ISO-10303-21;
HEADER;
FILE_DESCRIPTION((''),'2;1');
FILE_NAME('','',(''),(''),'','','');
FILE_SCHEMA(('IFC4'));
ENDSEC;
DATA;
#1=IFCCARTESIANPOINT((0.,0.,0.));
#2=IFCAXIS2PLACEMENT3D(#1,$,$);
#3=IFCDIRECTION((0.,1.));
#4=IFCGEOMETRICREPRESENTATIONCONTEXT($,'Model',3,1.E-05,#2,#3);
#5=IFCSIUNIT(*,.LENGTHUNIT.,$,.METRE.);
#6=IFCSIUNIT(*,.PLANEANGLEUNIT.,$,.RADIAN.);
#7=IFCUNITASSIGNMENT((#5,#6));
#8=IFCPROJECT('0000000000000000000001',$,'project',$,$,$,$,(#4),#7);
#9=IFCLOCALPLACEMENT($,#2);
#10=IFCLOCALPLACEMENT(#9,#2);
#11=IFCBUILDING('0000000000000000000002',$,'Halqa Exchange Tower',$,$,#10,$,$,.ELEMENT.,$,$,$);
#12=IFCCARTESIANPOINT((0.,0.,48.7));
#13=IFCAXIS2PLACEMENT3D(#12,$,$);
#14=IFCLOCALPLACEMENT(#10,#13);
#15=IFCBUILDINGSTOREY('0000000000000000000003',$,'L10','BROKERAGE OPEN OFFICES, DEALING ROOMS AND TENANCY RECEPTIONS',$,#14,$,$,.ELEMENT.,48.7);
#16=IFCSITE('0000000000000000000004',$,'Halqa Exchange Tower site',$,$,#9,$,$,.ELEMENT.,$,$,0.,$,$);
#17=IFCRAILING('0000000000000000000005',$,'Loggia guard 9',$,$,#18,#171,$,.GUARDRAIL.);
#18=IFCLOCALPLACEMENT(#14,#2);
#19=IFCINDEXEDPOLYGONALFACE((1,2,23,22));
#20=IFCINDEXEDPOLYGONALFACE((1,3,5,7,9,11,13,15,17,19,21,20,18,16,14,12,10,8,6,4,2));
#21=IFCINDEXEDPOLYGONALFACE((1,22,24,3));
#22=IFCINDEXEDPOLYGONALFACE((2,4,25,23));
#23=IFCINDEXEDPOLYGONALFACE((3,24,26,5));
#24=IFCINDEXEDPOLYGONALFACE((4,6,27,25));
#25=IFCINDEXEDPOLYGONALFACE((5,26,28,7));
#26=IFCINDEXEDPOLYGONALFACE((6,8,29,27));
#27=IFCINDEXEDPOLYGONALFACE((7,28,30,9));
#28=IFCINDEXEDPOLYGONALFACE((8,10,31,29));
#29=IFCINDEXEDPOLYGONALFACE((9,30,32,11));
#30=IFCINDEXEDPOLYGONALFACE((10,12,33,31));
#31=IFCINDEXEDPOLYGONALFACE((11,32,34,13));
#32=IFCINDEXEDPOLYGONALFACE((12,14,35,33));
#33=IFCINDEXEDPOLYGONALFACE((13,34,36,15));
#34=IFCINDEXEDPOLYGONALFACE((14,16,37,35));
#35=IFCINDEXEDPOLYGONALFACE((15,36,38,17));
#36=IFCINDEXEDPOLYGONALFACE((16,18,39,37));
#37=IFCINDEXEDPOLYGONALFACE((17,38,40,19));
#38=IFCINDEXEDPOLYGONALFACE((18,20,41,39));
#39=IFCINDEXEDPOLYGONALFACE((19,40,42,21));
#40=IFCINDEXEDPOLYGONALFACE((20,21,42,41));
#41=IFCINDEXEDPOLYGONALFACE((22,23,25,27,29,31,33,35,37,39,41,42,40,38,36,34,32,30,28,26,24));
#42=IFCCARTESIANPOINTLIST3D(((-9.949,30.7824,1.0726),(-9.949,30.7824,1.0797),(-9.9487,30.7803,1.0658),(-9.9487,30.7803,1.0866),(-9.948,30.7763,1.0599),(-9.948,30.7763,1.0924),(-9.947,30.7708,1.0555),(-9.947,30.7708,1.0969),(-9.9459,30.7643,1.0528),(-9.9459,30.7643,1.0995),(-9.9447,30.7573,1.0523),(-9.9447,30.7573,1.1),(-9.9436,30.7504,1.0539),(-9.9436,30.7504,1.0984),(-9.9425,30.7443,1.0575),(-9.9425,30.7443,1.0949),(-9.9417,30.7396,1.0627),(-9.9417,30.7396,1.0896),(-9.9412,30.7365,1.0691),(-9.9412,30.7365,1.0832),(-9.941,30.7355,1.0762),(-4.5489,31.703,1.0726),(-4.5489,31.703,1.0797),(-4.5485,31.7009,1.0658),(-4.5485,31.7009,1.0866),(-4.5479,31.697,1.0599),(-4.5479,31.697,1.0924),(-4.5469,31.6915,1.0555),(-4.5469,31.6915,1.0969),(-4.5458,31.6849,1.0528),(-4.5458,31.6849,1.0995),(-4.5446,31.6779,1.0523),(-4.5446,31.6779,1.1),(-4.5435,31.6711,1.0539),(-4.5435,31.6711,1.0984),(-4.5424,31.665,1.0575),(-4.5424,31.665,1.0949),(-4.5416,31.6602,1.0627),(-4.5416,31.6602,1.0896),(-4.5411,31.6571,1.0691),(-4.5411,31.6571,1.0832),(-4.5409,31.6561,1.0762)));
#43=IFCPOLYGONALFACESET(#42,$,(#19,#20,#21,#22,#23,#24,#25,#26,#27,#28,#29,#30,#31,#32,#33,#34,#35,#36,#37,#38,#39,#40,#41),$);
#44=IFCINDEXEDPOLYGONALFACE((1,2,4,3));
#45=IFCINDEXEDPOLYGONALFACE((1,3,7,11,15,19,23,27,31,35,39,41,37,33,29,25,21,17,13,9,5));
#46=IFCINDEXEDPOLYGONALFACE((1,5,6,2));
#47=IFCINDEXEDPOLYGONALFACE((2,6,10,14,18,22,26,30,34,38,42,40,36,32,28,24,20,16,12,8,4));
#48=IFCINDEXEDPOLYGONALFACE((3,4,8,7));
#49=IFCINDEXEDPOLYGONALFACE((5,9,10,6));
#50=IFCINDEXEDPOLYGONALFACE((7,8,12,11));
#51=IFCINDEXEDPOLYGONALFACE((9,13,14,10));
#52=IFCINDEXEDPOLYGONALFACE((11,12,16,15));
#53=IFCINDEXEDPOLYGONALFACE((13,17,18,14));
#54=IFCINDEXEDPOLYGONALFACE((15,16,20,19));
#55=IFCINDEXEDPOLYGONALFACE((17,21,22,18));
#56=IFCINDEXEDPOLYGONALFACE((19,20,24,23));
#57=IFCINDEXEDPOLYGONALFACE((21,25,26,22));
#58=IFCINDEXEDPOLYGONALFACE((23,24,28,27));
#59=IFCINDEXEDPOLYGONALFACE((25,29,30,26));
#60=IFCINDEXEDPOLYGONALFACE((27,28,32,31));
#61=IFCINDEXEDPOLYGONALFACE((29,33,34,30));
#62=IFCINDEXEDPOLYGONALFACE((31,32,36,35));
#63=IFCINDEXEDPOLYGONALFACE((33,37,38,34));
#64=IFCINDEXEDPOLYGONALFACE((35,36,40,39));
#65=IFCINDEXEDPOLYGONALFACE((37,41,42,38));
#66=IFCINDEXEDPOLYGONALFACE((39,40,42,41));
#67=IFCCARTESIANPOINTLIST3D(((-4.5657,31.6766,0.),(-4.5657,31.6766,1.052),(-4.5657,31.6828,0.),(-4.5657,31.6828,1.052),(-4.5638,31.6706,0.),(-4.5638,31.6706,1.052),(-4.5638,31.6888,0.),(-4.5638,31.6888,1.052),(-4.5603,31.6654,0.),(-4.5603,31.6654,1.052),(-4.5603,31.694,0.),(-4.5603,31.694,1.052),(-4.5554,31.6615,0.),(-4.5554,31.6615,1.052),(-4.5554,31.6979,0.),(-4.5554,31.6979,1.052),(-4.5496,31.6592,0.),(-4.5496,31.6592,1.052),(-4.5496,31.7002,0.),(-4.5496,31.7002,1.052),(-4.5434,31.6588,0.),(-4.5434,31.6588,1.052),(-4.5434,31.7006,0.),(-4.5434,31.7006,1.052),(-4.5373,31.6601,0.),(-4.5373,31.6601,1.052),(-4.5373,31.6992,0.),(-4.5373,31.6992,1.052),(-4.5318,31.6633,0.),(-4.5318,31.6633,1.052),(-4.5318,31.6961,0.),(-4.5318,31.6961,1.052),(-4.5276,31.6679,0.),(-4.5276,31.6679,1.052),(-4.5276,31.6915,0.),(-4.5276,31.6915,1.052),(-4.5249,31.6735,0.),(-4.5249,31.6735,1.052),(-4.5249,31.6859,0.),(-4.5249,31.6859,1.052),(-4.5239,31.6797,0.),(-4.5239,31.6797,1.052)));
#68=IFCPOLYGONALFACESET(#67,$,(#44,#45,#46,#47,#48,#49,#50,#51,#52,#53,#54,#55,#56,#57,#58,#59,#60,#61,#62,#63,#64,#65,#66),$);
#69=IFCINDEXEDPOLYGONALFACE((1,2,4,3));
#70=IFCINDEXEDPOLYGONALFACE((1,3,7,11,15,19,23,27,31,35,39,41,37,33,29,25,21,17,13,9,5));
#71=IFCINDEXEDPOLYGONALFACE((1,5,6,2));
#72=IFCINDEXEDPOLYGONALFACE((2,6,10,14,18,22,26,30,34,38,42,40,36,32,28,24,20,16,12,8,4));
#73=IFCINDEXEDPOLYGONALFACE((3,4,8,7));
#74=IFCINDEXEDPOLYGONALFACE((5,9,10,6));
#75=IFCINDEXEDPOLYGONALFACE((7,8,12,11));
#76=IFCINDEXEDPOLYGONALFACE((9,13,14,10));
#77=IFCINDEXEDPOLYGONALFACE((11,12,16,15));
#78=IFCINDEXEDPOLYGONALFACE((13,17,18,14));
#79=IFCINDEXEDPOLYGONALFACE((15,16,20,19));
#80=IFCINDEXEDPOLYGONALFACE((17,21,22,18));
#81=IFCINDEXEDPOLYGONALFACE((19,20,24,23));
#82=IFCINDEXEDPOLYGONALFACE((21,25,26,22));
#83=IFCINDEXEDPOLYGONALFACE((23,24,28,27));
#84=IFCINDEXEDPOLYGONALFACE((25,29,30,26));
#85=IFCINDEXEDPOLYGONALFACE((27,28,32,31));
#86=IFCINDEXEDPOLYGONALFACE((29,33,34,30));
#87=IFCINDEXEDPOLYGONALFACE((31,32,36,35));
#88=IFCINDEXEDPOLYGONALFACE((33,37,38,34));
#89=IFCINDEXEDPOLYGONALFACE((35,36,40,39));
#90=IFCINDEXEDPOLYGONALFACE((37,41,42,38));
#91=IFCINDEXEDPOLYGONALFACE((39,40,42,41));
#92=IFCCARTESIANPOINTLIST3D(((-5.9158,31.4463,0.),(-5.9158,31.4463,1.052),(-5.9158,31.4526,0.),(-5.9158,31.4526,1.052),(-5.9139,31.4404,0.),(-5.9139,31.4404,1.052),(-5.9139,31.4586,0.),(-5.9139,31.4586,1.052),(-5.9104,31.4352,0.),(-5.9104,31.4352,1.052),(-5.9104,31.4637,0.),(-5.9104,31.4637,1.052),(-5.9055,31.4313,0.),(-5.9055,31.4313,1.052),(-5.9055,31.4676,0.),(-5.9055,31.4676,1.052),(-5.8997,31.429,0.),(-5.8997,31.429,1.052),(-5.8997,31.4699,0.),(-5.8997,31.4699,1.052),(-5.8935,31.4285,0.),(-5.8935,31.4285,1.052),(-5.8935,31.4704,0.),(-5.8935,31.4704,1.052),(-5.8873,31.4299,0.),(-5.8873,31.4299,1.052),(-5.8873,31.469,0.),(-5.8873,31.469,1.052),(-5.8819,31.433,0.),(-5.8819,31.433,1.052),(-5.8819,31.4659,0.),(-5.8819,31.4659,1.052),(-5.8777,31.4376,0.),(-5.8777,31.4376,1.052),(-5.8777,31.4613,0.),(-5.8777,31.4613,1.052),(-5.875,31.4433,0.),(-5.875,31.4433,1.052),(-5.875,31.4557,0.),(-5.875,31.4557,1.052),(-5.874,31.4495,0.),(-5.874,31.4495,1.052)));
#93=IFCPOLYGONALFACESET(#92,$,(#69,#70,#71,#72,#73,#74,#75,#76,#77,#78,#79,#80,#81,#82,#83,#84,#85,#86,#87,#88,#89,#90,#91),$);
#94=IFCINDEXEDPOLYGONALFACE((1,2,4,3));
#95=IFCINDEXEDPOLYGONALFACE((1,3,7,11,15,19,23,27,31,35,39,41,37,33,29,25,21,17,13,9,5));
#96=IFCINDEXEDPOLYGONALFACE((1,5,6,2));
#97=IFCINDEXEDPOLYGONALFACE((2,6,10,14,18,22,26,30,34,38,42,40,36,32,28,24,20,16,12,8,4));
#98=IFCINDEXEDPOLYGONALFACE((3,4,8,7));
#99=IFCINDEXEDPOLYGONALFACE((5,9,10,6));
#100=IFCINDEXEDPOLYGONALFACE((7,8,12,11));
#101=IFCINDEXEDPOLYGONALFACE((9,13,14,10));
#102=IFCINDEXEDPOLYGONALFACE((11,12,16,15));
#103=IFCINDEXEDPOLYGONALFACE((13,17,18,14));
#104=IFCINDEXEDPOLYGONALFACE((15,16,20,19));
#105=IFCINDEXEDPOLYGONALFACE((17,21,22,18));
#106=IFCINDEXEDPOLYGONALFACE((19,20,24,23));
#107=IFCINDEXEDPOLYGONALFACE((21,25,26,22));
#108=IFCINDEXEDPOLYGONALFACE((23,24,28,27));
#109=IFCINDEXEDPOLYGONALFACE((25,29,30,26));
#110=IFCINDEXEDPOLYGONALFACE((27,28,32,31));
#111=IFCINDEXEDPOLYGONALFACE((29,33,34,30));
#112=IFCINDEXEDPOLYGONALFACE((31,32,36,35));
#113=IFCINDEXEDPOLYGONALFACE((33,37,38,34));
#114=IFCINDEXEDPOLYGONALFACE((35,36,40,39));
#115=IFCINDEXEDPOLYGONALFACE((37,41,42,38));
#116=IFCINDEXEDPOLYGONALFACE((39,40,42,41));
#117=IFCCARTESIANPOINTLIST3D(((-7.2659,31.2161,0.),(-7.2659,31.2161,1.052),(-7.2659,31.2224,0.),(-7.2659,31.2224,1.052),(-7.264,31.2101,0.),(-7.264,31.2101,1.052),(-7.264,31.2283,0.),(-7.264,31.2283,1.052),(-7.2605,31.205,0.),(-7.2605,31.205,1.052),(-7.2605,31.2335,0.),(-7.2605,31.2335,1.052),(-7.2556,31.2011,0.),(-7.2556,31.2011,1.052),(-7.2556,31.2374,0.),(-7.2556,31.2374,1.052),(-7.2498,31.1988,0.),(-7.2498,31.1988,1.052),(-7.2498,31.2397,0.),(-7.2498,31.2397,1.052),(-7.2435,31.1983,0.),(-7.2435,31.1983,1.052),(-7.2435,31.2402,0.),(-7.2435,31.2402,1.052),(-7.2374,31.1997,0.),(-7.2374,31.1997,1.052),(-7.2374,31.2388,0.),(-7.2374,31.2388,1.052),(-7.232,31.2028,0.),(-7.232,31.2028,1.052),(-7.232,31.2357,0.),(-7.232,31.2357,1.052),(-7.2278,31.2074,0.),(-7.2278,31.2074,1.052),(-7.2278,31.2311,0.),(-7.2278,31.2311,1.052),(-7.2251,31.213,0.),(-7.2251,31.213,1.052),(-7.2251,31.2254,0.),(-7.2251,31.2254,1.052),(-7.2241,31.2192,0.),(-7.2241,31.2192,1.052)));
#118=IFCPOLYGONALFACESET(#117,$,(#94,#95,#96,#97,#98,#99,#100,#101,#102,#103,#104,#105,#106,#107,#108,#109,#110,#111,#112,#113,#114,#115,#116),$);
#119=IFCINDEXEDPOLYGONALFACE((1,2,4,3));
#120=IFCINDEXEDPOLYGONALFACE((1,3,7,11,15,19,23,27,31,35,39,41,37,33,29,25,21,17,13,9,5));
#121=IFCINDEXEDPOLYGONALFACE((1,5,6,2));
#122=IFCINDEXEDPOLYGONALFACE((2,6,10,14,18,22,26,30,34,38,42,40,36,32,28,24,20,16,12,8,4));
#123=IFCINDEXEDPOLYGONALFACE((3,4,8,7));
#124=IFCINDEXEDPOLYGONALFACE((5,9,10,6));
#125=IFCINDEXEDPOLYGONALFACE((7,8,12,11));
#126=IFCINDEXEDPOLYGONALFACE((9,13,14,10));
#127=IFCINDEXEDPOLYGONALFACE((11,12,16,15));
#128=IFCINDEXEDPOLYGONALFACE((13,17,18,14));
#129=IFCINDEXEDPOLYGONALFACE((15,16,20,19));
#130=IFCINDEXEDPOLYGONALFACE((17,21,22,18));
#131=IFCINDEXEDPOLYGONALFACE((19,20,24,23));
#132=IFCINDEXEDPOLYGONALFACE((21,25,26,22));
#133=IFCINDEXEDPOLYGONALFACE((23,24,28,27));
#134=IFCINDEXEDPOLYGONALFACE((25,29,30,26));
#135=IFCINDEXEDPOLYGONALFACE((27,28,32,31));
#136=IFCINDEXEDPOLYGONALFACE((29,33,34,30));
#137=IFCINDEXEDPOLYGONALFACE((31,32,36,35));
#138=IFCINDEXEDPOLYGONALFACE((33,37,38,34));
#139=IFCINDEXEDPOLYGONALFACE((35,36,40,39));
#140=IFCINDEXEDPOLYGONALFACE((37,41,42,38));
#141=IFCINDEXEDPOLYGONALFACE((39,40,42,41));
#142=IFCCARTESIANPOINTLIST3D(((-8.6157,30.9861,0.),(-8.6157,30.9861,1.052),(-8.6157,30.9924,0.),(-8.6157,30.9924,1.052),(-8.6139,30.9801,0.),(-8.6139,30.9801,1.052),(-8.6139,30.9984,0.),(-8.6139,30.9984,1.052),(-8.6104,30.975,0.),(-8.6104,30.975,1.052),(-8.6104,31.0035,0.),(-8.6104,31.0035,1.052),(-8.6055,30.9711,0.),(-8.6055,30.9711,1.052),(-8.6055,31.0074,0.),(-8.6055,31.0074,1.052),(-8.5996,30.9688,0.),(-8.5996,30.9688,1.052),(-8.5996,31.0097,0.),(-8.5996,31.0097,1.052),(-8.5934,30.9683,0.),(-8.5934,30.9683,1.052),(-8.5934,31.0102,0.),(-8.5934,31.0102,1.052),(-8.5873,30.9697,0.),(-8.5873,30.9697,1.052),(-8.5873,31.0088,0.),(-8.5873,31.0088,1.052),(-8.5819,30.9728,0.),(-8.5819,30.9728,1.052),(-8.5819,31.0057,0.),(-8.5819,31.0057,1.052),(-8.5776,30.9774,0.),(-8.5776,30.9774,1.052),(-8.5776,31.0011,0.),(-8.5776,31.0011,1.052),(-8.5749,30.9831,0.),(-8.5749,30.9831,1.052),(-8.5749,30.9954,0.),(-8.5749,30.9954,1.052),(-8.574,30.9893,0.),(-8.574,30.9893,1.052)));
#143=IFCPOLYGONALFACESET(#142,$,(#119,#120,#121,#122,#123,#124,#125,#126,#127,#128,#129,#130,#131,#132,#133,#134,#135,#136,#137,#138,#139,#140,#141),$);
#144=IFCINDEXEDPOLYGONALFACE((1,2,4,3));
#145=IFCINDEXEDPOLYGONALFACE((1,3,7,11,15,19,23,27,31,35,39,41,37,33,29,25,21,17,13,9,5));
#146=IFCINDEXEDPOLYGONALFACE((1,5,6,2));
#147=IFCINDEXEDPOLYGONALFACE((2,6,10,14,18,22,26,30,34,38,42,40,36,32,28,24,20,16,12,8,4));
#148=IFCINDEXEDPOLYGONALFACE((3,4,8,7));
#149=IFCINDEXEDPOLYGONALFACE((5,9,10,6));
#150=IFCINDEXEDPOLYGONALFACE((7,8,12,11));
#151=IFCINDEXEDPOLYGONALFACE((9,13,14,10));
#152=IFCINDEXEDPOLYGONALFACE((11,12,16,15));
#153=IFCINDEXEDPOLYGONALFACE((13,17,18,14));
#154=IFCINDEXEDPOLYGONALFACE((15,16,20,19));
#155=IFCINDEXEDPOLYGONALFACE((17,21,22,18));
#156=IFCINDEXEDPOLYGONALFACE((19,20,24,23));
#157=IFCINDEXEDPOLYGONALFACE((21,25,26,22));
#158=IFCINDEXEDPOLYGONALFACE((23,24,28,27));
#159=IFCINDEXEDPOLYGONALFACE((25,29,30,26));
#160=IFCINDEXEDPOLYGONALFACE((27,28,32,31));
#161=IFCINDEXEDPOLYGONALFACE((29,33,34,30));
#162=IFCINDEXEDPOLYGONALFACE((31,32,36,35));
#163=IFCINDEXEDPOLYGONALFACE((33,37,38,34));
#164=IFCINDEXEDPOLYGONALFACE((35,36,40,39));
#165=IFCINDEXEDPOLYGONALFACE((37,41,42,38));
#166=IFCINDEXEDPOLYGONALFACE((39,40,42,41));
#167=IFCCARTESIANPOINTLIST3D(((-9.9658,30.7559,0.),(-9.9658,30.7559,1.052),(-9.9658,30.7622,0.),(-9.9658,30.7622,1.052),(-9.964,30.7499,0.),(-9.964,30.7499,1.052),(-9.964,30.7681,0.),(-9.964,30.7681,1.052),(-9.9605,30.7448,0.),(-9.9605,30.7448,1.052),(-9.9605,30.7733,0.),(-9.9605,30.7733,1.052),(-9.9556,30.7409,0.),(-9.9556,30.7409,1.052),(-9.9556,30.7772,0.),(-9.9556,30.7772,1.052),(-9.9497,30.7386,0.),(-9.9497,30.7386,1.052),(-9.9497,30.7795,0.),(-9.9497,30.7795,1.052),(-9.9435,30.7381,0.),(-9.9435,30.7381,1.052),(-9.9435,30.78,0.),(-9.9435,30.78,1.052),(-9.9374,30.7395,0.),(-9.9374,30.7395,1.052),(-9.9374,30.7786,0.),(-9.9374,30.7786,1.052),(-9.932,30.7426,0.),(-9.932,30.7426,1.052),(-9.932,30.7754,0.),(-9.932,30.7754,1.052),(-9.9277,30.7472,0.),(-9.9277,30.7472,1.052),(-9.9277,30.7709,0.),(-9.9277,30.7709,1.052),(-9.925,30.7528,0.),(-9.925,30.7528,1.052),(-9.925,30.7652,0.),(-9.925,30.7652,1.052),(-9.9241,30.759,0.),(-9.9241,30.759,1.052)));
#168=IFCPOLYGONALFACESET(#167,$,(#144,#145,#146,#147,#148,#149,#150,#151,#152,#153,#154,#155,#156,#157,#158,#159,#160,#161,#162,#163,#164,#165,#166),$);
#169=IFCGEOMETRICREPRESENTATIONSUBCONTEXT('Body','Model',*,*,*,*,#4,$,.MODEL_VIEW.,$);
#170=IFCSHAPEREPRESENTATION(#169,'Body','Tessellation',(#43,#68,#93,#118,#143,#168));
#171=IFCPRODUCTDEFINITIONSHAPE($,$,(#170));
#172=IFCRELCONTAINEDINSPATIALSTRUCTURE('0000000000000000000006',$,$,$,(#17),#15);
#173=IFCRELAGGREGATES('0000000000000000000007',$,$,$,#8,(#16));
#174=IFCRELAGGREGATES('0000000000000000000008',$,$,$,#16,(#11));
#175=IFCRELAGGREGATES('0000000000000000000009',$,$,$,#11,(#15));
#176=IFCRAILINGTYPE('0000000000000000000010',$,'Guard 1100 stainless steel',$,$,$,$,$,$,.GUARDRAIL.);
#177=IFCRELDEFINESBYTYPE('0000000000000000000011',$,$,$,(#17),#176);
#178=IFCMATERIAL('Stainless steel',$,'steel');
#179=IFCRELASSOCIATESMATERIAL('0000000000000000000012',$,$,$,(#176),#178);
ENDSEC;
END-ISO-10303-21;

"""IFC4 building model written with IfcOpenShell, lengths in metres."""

from ifc_helpers import new_model, si_unit, direction, frame, origin, origin_2d, place, context, subcontext, project, spatial, circle, extrude, material, type_object, element, save


model = new_model("IFC4")

# Units and contexts
model_context = context("Model", 3, precision=1e-05, world=origin(), true_north=direction((0.0, 1.0)))
body_context = subcontext(model_context, "Body", "Model", "MODEL_VIEW")
ifc_project = project(units=[si_unit("LENGTHUNIT", "METRE"), si_unit("PLANEANGLEUNIT", "RADIAN")], contexts=[model_context])

# Site, building, storey
site_placement = place(None, origin())
site = spatial("IfcSite", under=ifc_project, at=site_placement, Name="Halqa Exchange Tower site", CompositionType="ELEMENT", RefElevation=0.0)
building_placement = place(site_placement, origin())
building = spatial("IfcBuilding", under=site, at=building_placement, Name="Halqa Exchange Tower", CompositionType="ELEMENT")
storey_placement = place(building_placement, frame((0.0, 0.0, 48.7)))
storey = spatial("IfcBuildingStorey", under=building, at=storey_placement, Name="L10", Description="BROKERAGE OPEN OFFICES, DEALING ROOMS AND TENANCY RECEPTIONS", CompositionType="ELEMENT", Elevation=48.7)

# Railing
ifc_material_1 = material(Name="Stainless steel", Category="steel")
railing_type_1 = type_object("IfcRailingType", Name="Guard 1100 stainless steel", PredefinedType="GUARDRAIL", material=ifc_material_1)
railing_1_placement = place(storey_placement, frame((-4.5449, 31.6797, 0.0)))
element("IfcRailing", 1, at=railing_1_placement, inside=storey, type_object=railing_type_1, Name="Loggia guard 9", PredefinedType="GUARDRAIL", context=body_context, shape_type="SweptSolid", body=[
    extrude(circle(Radius=0.0239, at=origin_2d()), frame((0.0, 0.0, 1.0762), z_axis=(-0.985776, -0.168062, 0.0), x_axis=(0.168062, -0.985776, 0.0)), (0.0, 0.0, 1.0), 5.478),
    extrude(circle(Radius=0.021, at=origin_2d()), origin(), (0.0, 0.0, 1.0), 1.052),
    extrude(circle(Radius=0.021, at=origin_2d()), frame((-1.3501, -0.2302, 0.0)), (0.0, 0.0, 1.0), 1.052),
    extrude(circle(Radius=0.021, at=origin_2d()), frame((-2.7002, -0.4604, 0.0)), (0.0, 0.0, 1.0), 1.052),
    extrude(circle(Radius=0.021, at=origin_2d()), frame((-4.05, -0.6904, 0.0)), (0.0, 0.0, 1.0), 1.052),
    extrude(circle(Radius=0.021, at=origin_2d()), frame((-5.4001, -0.9207, 0.0)), (0.0, 0.0, 1.0), 1.052),
])

save(model, "model.ifc")
